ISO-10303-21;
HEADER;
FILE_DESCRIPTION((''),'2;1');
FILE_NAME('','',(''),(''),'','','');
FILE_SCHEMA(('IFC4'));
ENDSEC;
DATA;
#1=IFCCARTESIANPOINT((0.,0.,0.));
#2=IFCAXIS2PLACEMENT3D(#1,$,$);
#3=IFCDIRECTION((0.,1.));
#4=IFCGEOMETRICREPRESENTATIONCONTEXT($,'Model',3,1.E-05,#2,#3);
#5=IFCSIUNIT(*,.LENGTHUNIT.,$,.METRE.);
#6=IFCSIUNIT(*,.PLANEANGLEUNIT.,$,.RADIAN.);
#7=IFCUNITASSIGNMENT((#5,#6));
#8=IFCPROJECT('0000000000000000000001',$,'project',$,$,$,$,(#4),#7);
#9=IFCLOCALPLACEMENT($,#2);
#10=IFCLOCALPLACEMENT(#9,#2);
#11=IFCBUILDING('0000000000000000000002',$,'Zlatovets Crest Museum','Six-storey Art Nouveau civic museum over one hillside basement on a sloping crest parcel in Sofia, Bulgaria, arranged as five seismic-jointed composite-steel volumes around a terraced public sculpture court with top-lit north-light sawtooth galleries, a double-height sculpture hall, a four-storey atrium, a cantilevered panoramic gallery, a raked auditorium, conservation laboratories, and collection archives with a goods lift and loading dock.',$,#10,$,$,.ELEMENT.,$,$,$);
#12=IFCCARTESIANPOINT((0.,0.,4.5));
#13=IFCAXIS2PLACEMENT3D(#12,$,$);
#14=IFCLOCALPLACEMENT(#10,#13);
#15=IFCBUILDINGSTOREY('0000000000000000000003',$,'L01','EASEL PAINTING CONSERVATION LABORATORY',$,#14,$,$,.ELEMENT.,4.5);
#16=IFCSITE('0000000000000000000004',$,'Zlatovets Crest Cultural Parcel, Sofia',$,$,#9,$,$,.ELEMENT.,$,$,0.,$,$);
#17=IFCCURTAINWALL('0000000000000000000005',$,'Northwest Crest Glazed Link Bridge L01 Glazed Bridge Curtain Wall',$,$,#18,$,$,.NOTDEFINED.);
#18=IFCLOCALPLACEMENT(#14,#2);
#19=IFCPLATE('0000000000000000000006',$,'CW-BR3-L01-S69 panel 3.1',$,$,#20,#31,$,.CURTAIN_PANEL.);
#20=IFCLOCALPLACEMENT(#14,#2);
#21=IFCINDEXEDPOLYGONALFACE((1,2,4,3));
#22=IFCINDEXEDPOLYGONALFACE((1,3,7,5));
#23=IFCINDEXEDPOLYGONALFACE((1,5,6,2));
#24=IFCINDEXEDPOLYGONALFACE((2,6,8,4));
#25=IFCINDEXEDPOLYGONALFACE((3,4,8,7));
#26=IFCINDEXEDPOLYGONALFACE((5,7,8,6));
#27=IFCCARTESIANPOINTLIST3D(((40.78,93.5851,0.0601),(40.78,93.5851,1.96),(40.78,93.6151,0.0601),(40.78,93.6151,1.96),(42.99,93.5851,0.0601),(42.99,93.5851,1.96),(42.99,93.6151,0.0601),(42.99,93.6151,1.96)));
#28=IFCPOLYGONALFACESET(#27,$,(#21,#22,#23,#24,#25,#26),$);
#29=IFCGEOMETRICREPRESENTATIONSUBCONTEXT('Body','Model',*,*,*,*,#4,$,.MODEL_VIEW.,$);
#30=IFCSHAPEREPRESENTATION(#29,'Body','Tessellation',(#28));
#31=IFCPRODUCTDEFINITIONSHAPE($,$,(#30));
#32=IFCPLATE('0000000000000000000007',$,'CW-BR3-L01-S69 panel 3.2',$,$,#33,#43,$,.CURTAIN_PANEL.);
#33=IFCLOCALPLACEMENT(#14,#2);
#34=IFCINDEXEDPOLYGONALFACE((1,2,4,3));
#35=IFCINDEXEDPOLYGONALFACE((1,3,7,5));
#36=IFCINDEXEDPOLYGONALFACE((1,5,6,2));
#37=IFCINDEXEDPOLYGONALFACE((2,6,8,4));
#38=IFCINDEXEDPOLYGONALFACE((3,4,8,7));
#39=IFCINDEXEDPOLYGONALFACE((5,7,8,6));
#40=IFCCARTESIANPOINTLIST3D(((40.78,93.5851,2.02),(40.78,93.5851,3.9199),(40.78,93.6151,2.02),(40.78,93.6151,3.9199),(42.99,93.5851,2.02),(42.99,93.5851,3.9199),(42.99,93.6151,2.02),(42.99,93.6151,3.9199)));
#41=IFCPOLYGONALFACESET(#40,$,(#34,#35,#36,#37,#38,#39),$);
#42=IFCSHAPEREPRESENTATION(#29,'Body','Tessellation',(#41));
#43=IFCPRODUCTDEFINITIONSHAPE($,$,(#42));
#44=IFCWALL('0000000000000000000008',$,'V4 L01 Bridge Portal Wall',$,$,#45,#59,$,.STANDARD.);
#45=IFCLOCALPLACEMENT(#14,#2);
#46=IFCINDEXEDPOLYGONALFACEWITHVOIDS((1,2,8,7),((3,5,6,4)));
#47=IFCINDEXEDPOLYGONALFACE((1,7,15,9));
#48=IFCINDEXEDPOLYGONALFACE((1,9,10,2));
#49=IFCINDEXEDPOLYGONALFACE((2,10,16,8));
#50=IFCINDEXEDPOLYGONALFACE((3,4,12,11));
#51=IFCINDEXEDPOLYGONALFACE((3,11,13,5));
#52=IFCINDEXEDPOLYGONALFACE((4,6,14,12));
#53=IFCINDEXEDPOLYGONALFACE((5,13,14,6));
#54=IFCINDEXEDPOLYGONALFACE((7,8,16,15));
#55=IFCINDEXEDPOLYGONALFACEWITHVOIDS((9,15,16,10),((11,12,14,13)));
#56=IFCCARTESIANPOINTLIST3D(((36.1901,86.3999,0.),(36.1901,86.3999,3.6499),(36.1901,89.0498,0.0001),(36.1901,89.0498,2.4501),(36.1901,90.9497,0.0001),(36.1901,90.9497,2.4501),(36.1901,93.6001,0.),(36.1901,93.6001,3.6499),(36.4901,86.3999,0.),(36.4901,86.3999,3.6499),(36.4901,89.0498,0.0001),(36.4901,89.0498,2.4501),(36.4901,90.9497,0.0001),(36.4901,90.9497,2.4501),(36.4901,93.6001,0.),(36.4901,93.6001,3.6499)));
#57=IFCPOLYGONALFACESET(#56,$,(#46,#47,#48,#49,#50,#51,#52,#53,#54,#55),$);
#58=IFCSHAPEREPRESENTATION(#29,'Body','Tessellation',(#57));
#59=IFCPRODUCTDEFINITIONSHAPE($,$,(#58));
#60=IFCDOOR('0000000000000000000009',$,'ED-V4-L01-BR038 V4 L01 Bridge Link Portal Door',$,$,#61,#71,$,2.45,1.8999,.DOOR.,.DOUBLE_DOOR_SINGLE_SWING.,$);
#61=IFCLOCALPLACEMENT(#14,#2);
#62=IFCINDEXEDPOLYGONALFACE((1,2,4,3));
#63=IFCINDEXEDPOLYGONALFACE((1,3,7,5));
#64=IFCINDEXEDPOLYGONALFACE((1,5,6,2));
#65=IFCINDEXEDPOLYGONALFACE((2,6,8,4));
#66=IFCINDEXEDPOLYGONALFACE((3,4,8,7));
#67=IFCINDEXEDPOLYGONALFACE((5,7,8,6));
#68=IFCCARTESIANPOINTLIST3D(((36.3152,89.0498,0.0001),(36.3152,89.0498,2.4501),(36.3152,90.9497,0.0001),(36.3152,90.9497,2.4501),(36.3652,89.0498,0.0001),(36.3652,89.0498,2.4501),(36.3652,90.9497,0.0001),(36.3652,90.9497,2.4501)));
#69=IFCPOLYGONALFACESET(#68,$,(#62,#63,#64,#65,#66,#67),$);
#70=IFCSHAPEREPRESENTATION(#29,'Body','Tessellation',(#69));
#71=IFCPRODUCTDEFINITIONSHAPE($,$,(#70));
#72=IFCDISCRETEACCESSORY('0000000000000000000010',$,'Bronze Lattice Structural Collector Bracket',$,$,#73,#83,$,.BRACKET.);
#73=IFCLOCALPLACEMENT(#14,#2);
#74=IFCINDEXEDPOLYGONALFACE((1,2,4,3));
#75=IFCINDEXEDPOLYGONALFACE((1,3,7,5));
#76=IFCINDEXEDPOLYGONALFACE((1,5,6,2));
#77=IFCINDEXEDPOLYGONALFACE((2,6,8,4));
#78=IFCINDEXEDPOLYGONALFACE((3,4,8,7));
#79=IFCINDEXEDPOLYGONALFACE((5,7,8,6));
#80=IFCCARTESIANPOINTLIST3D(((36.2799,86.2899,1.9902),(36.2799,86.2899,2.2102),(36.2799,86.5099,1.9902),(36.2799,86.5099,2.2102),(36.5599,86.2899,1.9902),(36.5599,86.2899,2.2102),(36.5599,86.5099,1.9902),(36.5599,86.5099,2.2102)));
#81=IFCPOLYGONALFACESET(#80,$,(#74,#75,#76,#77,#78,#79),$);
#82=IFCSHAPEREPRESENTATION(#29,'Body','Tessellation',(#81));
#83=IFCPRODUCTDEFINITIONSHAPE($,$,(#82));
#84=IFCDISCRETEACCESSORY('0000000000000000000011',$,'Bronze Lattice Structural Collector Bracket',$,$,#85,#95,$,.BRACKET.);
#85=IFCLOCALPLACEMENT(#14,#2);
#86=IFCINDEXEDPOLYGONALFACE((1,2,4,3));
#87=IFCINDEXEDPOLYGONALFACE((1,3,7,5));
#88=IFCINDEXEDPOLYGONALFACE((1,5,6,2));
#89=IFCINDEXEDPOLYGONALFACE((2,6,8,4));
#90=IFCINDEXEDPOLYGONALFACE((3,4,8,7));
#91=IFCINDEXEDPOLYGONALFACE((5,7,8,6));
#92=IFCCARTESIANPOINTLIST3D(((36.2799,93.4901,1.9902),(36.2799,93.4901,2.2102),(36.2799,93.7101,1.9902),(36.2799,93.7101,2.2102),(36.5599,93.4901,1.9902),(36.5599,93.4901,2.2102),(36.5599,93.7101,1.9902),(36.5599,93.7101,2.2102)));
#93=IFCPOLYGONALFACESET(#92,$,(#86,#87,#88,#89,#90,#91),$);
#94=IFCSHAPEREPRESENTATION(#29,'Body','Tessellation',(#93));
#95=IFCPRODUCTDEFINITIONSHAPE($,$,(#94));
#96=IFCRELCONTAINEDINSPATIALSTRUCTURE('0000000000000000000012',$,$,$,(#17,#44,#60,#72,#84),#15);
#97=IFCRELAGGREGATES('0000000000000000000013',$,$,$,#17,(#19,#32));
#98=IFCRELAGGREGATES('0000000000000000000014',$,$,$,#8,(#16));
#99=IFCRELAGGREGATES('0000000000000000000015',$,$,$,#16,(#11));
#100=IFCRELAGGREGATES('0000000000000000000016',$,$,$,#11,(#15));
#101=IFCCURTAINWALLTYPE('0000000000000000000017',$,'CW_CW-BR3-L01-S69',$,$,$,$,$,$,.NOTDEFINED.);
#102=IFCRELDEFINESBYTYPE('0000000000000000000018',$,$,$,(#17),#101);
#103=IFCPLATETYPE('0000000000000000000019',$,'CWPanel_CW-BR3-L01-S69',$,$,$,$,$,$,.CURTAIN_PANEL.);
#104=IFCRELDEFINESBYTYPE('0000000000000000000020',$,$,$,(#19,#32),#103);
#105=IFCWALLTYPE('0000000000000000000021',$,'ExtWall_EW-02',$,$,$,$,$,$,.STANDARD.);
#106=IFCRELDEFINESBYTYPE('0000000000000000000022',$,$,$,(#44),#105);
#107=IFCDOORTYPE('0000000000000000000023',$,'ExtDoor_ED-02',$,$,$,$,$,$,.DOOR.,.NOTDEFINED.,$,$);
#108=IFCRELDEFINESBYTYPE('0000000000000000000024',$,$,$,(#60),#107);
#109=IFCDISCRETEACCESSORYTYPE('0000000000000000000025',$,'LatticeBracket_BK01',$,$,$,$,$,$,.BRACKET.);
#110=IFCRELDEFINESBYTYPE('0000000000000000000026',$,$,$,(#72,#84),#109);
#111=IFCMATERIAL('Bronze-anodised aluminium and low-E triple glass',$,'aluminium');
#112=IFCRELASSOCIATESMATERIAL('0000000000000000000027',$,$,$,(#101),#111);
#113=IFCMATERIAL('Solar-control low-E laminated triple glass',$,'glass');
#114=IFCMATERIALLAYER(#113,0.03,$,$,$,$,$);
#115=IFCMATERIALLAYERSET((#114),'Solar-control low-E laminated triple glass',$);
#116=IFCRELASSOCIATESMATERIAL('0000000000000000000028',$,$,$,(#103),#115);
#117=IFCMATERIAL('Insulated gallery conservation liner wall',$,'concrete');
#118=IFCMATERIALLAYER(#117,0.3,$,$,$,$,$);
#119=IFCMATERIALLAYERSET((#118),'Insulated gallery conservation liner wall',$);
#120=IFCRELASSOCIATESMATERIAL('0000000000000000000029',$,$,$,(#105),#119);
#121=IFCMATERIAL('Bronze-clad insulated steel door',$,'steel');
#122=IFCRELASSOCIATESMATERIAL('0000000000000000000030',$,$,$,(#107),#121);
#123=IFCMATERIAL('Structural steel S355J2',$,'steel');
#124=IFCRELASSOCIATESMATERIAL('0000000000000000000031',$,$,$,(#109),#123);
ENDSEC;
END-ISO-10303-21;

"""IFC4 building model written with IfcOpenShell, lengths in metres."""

from ifc_helpers import new_model, si_unit, direction, frame, frame_2d, origin, origin_2d, place, context, subcontext, project, spatial, rectangle, extrude, material, layer, layer_set, type_object, element, fill, aggregate, save


model = new_model("IFC4")

# Units and contexts
model_context = context("Model", 3, precision=1e-05, world=origin(), true_north=direction((0.0, 1.0)))
body_context = subcontext(model_context, "Body", "Model", "MODEL_VIEW")
ifc_project = project(units=[si_unit("LENGTHUNIT", "METRE"), si_unit("PLANEANGLEUNIT", "RADIAN")], contexts=[model_context])

# Site, building, storey
site_placement = place(None, origin())
site = spatial("IfcSite", under=ifc_project, at=site_placement, Name="Zlatovets Crest Cultural Parcel, Sofia", CompositionType="ELEMENT", RefElevation=0.0)
building_placement = place(site_placement, origin())
building = spatial("IfcBuilding", under=site, at=building_placement, Name="Zlatovets Crest Museum", Description="Six-storey Art Nouveau civic museum over one hillside basement on a sloping crest parcel in Sofia, Bulgaria, arranged as five seismic-jointed composite-steel volumes around a terraced public sculpture court with top-lit north-light sawtooth galleries, a double-height sculpture hall, a four-storey atrium, a cantilevered panoramic gallery, a raked auditorium, conservation laboratories, and collection archives with a goods lift and loading dock.", CompositionType="ELEMENT")
storey_placement = place(building_placement, frame((0.0, 0.0, 4.5)))
storey = spatial("IfcBuildingStorey", under=building, at=storey_placement, Name="L01", Description="EASEL PAINTING CONSERVATION LABORATORY", CompositionType="ELEMENT", Elevation=4.5)

# Shared definitions
ifc_material_1 = material(Name="Bronze-anodised aluminium and low-E triple glass", Category="aluminium")

# Curtain wall
curtain_wall_type_1 = type_object("IfcCurtainWallType", Name="CW_CW-BR3-L01-S69", PredefinedType="NOTDEFINED", material=ifc_material_1)
curtain_wall_1_placement = place(storey_placement, origin())
curtain_wall_1 = element("IfcCurtainWall", 1, at=curtain_wall_1_placement, inside=storey, type_object=curtain_wall_type_1, Name="Northwest Crest Glazed Link Bridge L01 Glazed Bridge Curtain Wall", PredefinedType="NOTDEFINED")

# Plates
ifc_material_2 = material(Name="Solar-control low-E laminated triple glass", Category="glass")
ifc_layer_1 = layer(ifc_material_2, 0.03)
ifc_layer_set_1 = layer_set([ifc_layer_1], Name="Solar-control low-E laminated triple glass")
plate_type = type_object("IfcPlateType", Name="CWPanel_CW-BR3-L01-S69", PredefinedType="CURTAIN_PANEL", material=ifc_layer_set_1)
plate_1_placement = place(storey_placement, frame((41.885, 93.6001, 0.0601), z_axis=(0.0, 0.0, 1.0), x_axis=(1.0, 0.0, 0.0)))
plate_1 = element("IfcPlate", 2, at=plate_1_placement, type_object=plate_type, Name="CW-BR3-L01-S69 panel 3.1", PredefinedType="CURTAIN_PANEL", context=body_context, shape_type="SweptSolid", body=[
    extrude(rectangle(XDim=2.21, YDim=0.03, at=origin_2d()), origin(), (0.0, 0.0, 1.0), 1.8999),
])
plate_2_placement = place(storey_placement, frame((41.885, 93.6001, 2.02), z_axis=(0.0, 0.0, 1.0), x_axis=(1.0, 0.0, 0.0)))
plate_2 = element("IfcPlate", 3, at=plate_2_placement, type_object=plate_type, Name="CW-BR3-L01-S69 panel 3.2", PredefinedType="CURTAIN_PANEL", context=body_context, shape_type="SweptSolid", body=[
    extrude(rectangle(XDim=2.21, YDim=0.03, at=origin_2d()), origin(), (0.0, 0.0, 1.0), 1.8999),
])
aggregate(curtain_wall_1, [plate_1, plate_2])

# Wall, opening, door
ifc_material_3 = material(Name="Insulated gallery conservation liner wall", Category="concrete")
ifc_layer_2 = layer(ifc_material_3, 0.3)
ifc_layer_set_2 = layer_set([ifc_layer_2], Name="Insulated gallery conservation liner wall")
wall_type = type_object("IfcWallType", Name="ExtWall_EW-02", PredefinedType="STANDARD", material=ifc_layer_set_2)
wall_placement = place(storey_placement, frame((36.3401, 86.3999, 0.0), z_axis=(0.0, 0.0, 1.0), x_axis=(0.0, 1.0, 0.0)))
wall = element("IfcWall", 4, at=wall_placement, inside=storey, type_object=wall_type, Name="V4 L01 Bridge Portal Wall", PredefinedType="STANDARD", context=body_context, shape_type="SweptSolid", body=[
    extrude(rectangle(XDim=7.2002, YDim=0.3, at=frame_2d((3.6001, 0.0))), origin(), (0.0, 0.0, 1.0), 3.6499),
])
opening_placement = place(wall_placement, frame((2.6499, 0.0, 0.0)))
opening = element("IfcOpeningElement", 5, at=opening_placement, cuts=wall, PredefinedType="OPENING", context=body_context, shape_type="SweptSolid", body=[
    extrude(rectangle(XDim=1.8999, YDim=2.45, at=frame_2d((0.95, 1.2251))), frame((0.0, 0.1602, 0.0), z_axis=(0.0, -1.0, 0.0), x_axis=(1.0, 0.0, 0.0)), (0.0, 0.0, 1.0), 0.3201),
])
ifc_material_4 = material(Name="Bronze-clad insulated steel door", Category="steel")
door_type = type_object("IfcDoorType", Name="ExtDoor_ED-02", OperationType="NOTDEFINED", PredefinedType="DOOR", material=ifc_material_4)
door_placement = place(opening_placement, origin())
door = element("IfcDoor", 6, at=door_placement, inside=storey, type_object=door_type, Name="ED-V4-L01-BR038 V4 L01 Bridge Link Portal Door", OperationType="DOUBLE_DOOR_SINGLE_SWING", OverallHeight=2.45, OverallWidth=1.8999, PredefinedType="DOOR", context=body_context, shape_type="SweptSolid", body=[
    extrude(rectangle(XDim=1.8999, YDim=2.45, at=frame_2d((0.95, 1.2251))), frame((0.0, 0.0249, 0.0), z_axis=(0.0, -1.0, 0.0), x_axis=(1.0, 0.0, 0.0)), (0.0, 0.0, 1.0), 0.05),
])
fill(opening, door)

# Discrete accessories
ifc_material_5 = material(Name="Structural steel S355J2", Category="steel")
discrete_accessory_type = type_object("IfcDiscreteAccessoryType", Name="LatticeBracket_BK01", PredefinedType="BRACKET", material=ifc_material_5)
for number, where, z_axis, x_axis, name in (
    (7, (36.4199, 86.3999, 1.9902), (0.0, 0.0, 1.0), (1.0, 0.0, 0.0), "Bronze Lattice Structural Collector Bracket"),
    (8, (36.4199, 93.6001, 1.9902), (0.0, 0.0, 1.0), (1.0, 0.0, 0.0), "Bronze Lattice Structural Collector Bracket"),
):
    element("IfcDiscreteAccessory", number, at=place(storey_placement, frame(where, z_axis=z_axis, x_axis=x_axis)), inside=storey, type_object=discrete_accessory_type, Name=name, PredefinedType="BRACKET", context=body_context, shape_type="SweptSolid", body=[
        extrude(rectangle(XDim=0.28, YDim=0.22, at=origin_2d()), origin(), (0.0, 0.0, 1.0), 0.22),
    ])

save(model, "model.ifc")
